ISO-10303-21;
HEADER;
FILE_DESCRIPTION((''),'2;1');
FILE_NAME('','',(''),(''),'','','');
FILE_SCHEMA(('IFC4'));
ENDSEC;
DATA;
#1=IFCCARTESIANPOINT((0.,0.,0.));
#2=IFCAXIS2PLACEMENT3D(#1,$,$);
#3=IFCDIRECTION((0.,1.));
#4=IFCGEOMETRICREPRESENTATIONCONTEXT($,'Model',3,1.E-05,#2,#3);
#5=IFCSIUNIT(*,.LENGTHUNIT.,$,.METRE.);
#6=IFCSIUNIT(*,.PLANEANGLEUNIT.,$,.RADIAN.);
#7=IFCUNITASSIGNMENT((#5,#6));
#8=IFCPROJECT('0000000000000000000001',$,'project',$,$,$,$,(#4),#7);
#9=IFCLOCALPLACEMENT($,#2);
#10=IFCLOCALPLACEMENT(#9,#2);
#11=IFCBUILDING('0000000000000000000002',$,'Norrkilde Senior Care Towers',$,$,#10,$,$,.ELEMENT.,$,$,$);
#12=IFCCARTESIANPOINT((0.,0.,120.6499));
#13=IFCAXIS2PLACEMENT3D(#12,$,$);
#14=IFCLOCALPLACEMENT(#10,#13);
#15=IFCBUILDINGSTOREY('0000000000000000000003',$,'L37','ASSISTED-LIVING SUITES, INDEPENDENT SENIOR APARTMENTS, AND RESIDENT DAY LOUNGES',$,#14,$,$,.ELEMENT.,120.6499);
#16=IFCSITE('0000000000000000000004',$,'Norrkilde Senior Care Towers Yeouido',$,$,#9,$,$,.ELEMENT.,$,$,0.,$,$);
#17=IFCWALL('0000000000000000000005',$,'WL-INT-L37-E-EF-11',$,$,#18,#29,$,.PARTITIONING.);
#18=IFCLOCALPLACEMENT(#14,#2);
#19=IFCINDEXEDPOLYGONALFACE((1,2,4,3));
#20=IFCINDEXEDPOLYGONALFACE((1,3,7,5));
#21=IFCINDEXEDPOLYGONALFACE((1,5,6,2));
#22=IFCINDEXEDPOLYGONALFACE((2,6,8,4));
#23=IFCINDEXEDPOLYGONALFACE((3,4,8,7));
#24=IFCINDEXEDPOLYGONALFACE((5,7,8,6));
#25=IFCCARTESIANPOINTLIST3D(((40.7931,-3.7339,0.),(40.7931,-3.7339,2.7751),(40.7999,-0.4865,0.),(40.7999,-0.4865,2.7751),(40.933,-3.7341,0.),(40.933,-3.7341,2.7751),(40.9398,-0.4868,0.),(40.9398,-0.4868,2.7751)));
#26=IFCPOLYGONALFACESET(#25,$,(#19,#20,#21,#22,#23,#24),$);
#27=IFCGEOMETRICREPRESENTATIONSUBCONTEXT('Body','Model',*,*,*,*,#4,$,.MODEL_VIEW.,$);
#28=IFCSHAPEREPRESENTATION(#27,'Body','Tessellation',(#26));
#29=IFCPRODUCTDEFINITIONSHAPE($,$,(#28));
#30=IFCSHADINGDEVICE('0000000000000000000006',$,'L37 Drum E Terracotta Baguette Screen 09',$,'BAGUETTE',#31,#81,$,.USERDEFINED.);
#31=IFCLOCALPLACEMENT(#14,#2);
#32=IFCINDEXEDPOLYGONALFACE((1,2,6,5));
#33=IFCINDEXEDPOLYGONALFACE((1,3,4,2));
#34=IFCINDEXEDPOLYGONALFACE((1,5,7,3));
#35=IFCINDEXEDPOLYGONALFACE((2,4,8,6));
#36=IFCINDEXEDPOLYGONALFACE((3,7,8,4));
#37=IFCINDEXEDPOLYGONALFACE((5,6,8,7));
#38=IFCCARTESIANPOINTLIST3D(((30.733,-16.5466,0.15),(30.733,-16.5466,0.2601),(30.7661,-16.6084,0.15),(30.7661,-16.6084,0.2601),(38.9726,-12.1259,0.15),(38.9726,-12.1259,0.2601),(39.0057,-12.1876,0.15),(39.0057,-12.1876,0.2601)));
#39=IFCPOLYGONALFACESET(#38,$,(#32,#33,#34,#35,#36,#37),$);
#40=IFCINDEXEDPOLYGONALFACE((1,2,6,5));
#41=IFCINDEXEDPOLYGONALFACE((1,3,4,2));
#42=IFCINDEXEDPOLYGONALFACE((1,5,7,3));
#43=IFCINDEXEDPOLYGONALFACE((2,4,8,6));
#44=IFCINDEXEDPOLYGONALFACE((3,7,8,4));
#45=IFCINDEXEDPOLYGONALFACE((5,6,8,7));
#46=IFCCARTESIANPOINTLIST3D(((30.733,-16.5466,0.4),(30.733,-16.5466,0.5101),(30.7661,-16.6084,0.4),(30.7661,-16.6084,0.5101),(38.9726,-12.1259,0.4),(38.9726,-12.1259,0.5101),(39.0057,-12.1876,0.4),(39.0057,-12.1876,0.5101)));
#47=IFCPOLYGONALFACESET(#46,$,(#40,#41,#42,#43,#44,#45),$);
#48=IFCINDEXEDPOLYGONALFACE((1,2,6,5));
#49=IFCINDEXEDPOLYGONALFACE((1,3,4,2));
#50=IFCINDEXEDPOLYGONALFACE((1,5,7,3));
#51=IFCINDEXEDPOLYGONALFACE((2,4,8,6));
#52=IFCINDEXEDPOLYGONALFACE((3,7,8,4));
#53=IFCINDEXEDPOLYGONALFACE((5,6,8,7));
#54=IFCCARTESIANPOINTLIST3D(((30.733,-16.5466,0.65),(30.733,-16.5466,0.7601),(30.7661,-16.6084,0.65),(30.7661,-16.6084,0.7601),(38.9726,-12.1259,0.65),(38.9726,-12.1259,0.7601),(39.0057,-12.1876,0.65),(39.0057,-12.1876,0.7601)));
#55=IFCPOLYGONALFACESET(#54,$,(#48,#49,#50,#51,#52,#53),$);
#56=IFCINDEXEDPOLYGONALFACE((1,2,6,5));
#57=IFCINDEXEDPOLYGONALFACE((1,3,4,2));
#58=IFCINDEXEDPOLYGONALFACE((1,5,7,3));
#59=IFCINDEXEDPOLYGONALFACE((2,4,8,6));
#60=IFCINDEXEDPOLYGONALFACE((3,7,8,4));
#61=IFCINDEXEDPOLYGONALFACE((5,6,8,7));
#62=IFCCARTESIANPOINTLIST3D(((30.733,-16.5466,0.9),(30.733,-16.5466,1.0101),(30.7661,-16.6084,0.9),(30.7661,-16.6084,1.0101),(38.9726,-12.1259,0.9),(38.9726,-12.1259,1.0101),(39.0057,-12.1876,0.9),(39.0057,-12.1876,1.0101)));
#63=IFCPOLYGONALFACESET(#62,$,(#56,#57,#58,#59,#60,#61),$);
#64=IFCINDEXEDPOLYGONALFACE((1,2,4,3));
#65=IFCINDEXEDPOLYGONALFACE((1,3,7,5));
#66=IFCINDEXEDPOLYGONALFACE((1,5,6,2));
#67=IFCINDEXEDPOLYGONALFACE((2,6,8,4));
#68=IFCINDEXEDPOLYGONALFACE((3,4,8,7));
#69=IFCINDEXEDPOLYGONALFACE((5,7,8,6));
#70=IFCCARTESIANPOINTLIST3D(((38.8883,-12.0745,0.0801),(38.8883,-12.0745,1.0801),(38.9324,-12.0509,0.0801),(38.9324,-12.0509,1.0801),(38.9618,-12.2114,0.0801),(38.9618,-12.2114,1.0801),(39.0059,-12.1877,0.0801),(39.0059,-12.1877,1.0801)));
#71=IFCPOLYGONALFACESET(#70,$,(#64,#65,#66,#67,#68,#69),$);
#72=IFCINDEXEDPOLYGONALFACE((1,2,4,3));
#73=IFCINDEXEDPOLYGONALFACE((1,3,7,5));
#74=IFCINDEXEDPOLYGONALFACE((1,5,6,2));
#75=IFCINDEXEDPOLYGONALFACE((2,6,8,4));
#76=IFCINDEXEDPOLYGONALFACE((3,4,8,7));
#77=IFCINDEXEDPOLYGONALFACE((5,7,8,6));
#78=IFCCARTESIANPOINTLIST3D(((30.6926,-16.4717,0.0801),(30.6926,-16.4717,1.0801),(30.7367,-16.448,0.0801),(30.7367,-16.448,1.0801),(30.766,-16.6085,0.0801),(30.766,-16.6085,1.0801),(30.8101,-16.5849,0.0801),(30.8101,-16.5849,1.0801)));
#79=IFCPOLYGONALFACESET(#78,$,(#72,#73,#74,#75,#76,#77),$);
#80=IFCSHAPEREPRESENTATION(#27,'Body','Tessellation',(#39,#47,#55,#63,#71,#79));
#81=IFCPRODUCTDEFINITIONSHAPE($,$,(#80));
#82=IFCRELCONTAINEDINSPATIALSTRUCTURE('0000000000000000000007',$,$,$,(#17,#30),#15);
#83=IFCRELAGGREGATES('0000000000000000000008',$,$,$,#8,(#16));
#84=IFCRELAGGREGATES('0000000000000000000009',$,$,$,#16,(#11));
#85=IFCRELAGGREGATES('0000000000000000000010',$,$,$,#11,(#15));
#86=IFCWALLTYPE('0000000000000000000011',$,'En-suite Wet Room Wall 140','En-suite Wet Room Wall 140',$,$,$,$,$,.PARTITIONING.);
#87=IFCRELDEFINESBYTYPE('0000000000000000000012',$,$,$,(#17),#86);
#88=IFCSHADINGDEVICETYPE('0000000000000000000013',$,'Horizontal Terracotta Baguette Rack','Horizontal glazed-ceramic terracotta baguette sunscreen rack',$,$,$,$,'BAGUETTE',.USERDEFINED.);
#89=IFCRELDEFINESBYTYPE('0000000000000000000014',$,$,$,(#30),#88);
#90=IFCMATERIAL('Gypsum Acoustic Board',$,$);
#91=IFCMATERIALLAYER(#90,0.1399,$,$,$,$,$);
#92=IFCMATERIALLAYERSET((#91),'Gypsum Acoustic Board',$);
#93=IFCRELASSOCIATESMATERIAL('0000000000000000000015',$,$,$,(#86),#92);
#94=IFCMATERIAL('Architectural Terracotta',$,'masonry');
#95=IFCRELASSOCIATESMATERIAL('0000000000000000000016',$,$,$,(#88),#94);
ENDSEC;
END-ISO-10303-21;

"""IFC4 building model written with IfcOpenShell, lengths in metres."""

from ifc_helpers import new_model, si_unit, direction, frame, frame_2d, origin, origin_2d, place, context, subcontext, project, spatial, rectangle, extrude, source, transform, mapped, material, layer, layer_set, type_object, type_shapes, element, save


model = new_model("IFC4")

# Units and contexts
model_context = context("Model", 3, precision=1e-05, world=origin(), true_north=direction((0.0, 1.0)))
body_context = subcontext(model_context, "Body", "Model", "MODEL_VIEW")
ifc_project = project(units=[si_unit("LENGTHUNIT", "METRE"), si_unit("PLANEANGLEUNIT", "RADIAN")], contexts=[model_context])

# Site, building, storey
site_placement = place(None, origin())
site = spatial("IfcSite", under=ifc_project, at=site_placement, Name="Norrkilde Senior Care Towers Yeouido", CompositionType="ELEMENT", RefElevation=0.0)
building_placement = place(site_placement, origin())
building = spatial("IfcBuilding", under=site, at=building_placement, Name="Norrkilde Senior Care Towers", CompositionType="ELEMENT")
storey_placement = place(building_placement, frame((0.0, 0.0, 120.6499)))
storey = spatial("IfcBuildingStorey", under=building, at=storey_placement, Name="L37", Description="ASSISTED-LIVING SUITES, INDEPENDENT SENIOR APARTMENTS, AND RESIDENT DAY LOUNGES", CompositionType="ELEMENT", Elevation=120.6499)

# Shared definitions
ifc_material_1 = material(Name="Gypsum Acoustic Board")
ifc_layer_1 = layer(ifc_material_1, 0.1399)
ifc_layer_set_1 = layer_set([ifc_layer_1], Name="Gypsum Acoustic Board")
wall_type_1 = type_object("IfcWallType", Name="En-suite Wet Room Wall 140", Description="En-suite Wet Room Wall 140", PredefinedType="PARTITIONING", material=ifc_layer_set_1)

# Wall
shared_shape_1 = source(origin(), body_context, "Body", "SweptSolid", [
    extrude(rectangle(XDim=3.2473, YDim=0.1399, at=frame_2d((1.6235, 0.0))), origin(), (0.0, 0.0, 1.0), 2.7751),
])
wall_1_placement = place(storey_placement, frame((40.8699, -0.4868, 0.0), z_axis=(0.0, 0.0, 1.0), x_axis=(-0.002105, -0.999998, 0.0)))
element("IfcWall", 1, at=wall_1_placement, inside=storey, type_object=wall_type_1, Name="WL-INT-L37-E-EF-11", PredefinedType="PARTITIONING", context=body_context, shape_type="MappedRepresentation", body=[
    mapped(shared_shape_1, transform((0.0, 0.0, 0.0), x_axis=(1.0, 0.0, 0.0), y_axis=(0.0, 1.0, 0.0), z_axis=(0.0, 0.0, 1.0), scale=1.0)),
])

# Shading device
ifc_material_2 = material(Name="Architectural Terracotta", Category="masonry")
shading_device_type = type_object("IfcShadingDeviceType", Name="Horizontal Terracotta Baguette Rack", Description="Horizontal glazed-ceramic terracotta baguette sunscreen rack", ElementType="BAGUETTE", PredefinedType="USERDEFINED", material=ifc_material_2)
shared_shape_2 = source(origin(), body_context, "Body", "SweptSolid", [
    extrude(rectangle(XDim=0.0701, YDim=0.1101, at=origin_2d()), frame((0.0, 0.0901, 0.125), z_axis=(1.0, 0.0, 0.0), x_axis=(0.0, 1.0, 0.0)), (0.0, 0.0, 1.0), 9.3506),
    extrude(rectangle(XDim=0.0701, YDim=0.1101, at=origin_2d()), frame((0.0, 0.0901, 0.375), z_axis=(1.0, 0.0, 0.0), x_axis=(0.0, 1.0, 0.0)), (0.0, 0.0, 1.0), 9.3506),
    extrude(rectangle(XDim=0.0701, YDim=0.1101, at=origin_2d()), frame((0.0, 0.0901, 0.625), z_axis=(1.0, 0.0, 0.0), x_axis=(0.0, 1.0, 0.0)), (0.0, 0.0, 1.0), 9.3506),
    extrude(rectangle(XDim=0.0701, YDim=0.1101, at=origin_2d()), frame((0.0, 0.0901, 0.875), z_axis=(1.0, 0.0, 0.0), x_axis=(0.0, 1.0, 0.0)), (0.0, 0.0, 1.0), 9.3506),
    extrude(rectangle(XDim=0.05, YDim=0.1553, at=origin_2d()), frame((0.0249, 0.0476, 0.0)), (0.0, 0.0, 1.0), 1.0),
    extrude(rectangle(XDim=0.05, YDim=0.1553, at=origin_2d()), frame((9.3257, 0.0476, 0.0)), (0.0, 0.0, 1.0), 1.0),
])
type_shapes(shading_device_type, [shared_shape_2])
shading_device_placement = place(storey_placement, frame((38.9465, -12.0774, 0.0801), z_axis=(0.0, 0.0, 1.0), x_axis=(-0.881175, -0.472768, 0.0)))
element("IfcShadingDevice", 2, at=shading_device_placement, inside=storey, type_object=shading_device_type, Name="L37 Drum E Terracotta Baguette Screen 09", ObjectType="BAGUETTE", PredefinedType="USERDEFINED", context=body_context, shape_type="MappedRepresentation", body=[
    mapped(shared_shape_2, transform((0.0, 0.0, 0.0), x_axis=(1.0, 0.0, 0.0), y_axis=(0.0, 1.0, 0.0), z_axis=(0.0, 0.0, 1.0), scale=1.0)),
])

save(model, "model.ifc")
